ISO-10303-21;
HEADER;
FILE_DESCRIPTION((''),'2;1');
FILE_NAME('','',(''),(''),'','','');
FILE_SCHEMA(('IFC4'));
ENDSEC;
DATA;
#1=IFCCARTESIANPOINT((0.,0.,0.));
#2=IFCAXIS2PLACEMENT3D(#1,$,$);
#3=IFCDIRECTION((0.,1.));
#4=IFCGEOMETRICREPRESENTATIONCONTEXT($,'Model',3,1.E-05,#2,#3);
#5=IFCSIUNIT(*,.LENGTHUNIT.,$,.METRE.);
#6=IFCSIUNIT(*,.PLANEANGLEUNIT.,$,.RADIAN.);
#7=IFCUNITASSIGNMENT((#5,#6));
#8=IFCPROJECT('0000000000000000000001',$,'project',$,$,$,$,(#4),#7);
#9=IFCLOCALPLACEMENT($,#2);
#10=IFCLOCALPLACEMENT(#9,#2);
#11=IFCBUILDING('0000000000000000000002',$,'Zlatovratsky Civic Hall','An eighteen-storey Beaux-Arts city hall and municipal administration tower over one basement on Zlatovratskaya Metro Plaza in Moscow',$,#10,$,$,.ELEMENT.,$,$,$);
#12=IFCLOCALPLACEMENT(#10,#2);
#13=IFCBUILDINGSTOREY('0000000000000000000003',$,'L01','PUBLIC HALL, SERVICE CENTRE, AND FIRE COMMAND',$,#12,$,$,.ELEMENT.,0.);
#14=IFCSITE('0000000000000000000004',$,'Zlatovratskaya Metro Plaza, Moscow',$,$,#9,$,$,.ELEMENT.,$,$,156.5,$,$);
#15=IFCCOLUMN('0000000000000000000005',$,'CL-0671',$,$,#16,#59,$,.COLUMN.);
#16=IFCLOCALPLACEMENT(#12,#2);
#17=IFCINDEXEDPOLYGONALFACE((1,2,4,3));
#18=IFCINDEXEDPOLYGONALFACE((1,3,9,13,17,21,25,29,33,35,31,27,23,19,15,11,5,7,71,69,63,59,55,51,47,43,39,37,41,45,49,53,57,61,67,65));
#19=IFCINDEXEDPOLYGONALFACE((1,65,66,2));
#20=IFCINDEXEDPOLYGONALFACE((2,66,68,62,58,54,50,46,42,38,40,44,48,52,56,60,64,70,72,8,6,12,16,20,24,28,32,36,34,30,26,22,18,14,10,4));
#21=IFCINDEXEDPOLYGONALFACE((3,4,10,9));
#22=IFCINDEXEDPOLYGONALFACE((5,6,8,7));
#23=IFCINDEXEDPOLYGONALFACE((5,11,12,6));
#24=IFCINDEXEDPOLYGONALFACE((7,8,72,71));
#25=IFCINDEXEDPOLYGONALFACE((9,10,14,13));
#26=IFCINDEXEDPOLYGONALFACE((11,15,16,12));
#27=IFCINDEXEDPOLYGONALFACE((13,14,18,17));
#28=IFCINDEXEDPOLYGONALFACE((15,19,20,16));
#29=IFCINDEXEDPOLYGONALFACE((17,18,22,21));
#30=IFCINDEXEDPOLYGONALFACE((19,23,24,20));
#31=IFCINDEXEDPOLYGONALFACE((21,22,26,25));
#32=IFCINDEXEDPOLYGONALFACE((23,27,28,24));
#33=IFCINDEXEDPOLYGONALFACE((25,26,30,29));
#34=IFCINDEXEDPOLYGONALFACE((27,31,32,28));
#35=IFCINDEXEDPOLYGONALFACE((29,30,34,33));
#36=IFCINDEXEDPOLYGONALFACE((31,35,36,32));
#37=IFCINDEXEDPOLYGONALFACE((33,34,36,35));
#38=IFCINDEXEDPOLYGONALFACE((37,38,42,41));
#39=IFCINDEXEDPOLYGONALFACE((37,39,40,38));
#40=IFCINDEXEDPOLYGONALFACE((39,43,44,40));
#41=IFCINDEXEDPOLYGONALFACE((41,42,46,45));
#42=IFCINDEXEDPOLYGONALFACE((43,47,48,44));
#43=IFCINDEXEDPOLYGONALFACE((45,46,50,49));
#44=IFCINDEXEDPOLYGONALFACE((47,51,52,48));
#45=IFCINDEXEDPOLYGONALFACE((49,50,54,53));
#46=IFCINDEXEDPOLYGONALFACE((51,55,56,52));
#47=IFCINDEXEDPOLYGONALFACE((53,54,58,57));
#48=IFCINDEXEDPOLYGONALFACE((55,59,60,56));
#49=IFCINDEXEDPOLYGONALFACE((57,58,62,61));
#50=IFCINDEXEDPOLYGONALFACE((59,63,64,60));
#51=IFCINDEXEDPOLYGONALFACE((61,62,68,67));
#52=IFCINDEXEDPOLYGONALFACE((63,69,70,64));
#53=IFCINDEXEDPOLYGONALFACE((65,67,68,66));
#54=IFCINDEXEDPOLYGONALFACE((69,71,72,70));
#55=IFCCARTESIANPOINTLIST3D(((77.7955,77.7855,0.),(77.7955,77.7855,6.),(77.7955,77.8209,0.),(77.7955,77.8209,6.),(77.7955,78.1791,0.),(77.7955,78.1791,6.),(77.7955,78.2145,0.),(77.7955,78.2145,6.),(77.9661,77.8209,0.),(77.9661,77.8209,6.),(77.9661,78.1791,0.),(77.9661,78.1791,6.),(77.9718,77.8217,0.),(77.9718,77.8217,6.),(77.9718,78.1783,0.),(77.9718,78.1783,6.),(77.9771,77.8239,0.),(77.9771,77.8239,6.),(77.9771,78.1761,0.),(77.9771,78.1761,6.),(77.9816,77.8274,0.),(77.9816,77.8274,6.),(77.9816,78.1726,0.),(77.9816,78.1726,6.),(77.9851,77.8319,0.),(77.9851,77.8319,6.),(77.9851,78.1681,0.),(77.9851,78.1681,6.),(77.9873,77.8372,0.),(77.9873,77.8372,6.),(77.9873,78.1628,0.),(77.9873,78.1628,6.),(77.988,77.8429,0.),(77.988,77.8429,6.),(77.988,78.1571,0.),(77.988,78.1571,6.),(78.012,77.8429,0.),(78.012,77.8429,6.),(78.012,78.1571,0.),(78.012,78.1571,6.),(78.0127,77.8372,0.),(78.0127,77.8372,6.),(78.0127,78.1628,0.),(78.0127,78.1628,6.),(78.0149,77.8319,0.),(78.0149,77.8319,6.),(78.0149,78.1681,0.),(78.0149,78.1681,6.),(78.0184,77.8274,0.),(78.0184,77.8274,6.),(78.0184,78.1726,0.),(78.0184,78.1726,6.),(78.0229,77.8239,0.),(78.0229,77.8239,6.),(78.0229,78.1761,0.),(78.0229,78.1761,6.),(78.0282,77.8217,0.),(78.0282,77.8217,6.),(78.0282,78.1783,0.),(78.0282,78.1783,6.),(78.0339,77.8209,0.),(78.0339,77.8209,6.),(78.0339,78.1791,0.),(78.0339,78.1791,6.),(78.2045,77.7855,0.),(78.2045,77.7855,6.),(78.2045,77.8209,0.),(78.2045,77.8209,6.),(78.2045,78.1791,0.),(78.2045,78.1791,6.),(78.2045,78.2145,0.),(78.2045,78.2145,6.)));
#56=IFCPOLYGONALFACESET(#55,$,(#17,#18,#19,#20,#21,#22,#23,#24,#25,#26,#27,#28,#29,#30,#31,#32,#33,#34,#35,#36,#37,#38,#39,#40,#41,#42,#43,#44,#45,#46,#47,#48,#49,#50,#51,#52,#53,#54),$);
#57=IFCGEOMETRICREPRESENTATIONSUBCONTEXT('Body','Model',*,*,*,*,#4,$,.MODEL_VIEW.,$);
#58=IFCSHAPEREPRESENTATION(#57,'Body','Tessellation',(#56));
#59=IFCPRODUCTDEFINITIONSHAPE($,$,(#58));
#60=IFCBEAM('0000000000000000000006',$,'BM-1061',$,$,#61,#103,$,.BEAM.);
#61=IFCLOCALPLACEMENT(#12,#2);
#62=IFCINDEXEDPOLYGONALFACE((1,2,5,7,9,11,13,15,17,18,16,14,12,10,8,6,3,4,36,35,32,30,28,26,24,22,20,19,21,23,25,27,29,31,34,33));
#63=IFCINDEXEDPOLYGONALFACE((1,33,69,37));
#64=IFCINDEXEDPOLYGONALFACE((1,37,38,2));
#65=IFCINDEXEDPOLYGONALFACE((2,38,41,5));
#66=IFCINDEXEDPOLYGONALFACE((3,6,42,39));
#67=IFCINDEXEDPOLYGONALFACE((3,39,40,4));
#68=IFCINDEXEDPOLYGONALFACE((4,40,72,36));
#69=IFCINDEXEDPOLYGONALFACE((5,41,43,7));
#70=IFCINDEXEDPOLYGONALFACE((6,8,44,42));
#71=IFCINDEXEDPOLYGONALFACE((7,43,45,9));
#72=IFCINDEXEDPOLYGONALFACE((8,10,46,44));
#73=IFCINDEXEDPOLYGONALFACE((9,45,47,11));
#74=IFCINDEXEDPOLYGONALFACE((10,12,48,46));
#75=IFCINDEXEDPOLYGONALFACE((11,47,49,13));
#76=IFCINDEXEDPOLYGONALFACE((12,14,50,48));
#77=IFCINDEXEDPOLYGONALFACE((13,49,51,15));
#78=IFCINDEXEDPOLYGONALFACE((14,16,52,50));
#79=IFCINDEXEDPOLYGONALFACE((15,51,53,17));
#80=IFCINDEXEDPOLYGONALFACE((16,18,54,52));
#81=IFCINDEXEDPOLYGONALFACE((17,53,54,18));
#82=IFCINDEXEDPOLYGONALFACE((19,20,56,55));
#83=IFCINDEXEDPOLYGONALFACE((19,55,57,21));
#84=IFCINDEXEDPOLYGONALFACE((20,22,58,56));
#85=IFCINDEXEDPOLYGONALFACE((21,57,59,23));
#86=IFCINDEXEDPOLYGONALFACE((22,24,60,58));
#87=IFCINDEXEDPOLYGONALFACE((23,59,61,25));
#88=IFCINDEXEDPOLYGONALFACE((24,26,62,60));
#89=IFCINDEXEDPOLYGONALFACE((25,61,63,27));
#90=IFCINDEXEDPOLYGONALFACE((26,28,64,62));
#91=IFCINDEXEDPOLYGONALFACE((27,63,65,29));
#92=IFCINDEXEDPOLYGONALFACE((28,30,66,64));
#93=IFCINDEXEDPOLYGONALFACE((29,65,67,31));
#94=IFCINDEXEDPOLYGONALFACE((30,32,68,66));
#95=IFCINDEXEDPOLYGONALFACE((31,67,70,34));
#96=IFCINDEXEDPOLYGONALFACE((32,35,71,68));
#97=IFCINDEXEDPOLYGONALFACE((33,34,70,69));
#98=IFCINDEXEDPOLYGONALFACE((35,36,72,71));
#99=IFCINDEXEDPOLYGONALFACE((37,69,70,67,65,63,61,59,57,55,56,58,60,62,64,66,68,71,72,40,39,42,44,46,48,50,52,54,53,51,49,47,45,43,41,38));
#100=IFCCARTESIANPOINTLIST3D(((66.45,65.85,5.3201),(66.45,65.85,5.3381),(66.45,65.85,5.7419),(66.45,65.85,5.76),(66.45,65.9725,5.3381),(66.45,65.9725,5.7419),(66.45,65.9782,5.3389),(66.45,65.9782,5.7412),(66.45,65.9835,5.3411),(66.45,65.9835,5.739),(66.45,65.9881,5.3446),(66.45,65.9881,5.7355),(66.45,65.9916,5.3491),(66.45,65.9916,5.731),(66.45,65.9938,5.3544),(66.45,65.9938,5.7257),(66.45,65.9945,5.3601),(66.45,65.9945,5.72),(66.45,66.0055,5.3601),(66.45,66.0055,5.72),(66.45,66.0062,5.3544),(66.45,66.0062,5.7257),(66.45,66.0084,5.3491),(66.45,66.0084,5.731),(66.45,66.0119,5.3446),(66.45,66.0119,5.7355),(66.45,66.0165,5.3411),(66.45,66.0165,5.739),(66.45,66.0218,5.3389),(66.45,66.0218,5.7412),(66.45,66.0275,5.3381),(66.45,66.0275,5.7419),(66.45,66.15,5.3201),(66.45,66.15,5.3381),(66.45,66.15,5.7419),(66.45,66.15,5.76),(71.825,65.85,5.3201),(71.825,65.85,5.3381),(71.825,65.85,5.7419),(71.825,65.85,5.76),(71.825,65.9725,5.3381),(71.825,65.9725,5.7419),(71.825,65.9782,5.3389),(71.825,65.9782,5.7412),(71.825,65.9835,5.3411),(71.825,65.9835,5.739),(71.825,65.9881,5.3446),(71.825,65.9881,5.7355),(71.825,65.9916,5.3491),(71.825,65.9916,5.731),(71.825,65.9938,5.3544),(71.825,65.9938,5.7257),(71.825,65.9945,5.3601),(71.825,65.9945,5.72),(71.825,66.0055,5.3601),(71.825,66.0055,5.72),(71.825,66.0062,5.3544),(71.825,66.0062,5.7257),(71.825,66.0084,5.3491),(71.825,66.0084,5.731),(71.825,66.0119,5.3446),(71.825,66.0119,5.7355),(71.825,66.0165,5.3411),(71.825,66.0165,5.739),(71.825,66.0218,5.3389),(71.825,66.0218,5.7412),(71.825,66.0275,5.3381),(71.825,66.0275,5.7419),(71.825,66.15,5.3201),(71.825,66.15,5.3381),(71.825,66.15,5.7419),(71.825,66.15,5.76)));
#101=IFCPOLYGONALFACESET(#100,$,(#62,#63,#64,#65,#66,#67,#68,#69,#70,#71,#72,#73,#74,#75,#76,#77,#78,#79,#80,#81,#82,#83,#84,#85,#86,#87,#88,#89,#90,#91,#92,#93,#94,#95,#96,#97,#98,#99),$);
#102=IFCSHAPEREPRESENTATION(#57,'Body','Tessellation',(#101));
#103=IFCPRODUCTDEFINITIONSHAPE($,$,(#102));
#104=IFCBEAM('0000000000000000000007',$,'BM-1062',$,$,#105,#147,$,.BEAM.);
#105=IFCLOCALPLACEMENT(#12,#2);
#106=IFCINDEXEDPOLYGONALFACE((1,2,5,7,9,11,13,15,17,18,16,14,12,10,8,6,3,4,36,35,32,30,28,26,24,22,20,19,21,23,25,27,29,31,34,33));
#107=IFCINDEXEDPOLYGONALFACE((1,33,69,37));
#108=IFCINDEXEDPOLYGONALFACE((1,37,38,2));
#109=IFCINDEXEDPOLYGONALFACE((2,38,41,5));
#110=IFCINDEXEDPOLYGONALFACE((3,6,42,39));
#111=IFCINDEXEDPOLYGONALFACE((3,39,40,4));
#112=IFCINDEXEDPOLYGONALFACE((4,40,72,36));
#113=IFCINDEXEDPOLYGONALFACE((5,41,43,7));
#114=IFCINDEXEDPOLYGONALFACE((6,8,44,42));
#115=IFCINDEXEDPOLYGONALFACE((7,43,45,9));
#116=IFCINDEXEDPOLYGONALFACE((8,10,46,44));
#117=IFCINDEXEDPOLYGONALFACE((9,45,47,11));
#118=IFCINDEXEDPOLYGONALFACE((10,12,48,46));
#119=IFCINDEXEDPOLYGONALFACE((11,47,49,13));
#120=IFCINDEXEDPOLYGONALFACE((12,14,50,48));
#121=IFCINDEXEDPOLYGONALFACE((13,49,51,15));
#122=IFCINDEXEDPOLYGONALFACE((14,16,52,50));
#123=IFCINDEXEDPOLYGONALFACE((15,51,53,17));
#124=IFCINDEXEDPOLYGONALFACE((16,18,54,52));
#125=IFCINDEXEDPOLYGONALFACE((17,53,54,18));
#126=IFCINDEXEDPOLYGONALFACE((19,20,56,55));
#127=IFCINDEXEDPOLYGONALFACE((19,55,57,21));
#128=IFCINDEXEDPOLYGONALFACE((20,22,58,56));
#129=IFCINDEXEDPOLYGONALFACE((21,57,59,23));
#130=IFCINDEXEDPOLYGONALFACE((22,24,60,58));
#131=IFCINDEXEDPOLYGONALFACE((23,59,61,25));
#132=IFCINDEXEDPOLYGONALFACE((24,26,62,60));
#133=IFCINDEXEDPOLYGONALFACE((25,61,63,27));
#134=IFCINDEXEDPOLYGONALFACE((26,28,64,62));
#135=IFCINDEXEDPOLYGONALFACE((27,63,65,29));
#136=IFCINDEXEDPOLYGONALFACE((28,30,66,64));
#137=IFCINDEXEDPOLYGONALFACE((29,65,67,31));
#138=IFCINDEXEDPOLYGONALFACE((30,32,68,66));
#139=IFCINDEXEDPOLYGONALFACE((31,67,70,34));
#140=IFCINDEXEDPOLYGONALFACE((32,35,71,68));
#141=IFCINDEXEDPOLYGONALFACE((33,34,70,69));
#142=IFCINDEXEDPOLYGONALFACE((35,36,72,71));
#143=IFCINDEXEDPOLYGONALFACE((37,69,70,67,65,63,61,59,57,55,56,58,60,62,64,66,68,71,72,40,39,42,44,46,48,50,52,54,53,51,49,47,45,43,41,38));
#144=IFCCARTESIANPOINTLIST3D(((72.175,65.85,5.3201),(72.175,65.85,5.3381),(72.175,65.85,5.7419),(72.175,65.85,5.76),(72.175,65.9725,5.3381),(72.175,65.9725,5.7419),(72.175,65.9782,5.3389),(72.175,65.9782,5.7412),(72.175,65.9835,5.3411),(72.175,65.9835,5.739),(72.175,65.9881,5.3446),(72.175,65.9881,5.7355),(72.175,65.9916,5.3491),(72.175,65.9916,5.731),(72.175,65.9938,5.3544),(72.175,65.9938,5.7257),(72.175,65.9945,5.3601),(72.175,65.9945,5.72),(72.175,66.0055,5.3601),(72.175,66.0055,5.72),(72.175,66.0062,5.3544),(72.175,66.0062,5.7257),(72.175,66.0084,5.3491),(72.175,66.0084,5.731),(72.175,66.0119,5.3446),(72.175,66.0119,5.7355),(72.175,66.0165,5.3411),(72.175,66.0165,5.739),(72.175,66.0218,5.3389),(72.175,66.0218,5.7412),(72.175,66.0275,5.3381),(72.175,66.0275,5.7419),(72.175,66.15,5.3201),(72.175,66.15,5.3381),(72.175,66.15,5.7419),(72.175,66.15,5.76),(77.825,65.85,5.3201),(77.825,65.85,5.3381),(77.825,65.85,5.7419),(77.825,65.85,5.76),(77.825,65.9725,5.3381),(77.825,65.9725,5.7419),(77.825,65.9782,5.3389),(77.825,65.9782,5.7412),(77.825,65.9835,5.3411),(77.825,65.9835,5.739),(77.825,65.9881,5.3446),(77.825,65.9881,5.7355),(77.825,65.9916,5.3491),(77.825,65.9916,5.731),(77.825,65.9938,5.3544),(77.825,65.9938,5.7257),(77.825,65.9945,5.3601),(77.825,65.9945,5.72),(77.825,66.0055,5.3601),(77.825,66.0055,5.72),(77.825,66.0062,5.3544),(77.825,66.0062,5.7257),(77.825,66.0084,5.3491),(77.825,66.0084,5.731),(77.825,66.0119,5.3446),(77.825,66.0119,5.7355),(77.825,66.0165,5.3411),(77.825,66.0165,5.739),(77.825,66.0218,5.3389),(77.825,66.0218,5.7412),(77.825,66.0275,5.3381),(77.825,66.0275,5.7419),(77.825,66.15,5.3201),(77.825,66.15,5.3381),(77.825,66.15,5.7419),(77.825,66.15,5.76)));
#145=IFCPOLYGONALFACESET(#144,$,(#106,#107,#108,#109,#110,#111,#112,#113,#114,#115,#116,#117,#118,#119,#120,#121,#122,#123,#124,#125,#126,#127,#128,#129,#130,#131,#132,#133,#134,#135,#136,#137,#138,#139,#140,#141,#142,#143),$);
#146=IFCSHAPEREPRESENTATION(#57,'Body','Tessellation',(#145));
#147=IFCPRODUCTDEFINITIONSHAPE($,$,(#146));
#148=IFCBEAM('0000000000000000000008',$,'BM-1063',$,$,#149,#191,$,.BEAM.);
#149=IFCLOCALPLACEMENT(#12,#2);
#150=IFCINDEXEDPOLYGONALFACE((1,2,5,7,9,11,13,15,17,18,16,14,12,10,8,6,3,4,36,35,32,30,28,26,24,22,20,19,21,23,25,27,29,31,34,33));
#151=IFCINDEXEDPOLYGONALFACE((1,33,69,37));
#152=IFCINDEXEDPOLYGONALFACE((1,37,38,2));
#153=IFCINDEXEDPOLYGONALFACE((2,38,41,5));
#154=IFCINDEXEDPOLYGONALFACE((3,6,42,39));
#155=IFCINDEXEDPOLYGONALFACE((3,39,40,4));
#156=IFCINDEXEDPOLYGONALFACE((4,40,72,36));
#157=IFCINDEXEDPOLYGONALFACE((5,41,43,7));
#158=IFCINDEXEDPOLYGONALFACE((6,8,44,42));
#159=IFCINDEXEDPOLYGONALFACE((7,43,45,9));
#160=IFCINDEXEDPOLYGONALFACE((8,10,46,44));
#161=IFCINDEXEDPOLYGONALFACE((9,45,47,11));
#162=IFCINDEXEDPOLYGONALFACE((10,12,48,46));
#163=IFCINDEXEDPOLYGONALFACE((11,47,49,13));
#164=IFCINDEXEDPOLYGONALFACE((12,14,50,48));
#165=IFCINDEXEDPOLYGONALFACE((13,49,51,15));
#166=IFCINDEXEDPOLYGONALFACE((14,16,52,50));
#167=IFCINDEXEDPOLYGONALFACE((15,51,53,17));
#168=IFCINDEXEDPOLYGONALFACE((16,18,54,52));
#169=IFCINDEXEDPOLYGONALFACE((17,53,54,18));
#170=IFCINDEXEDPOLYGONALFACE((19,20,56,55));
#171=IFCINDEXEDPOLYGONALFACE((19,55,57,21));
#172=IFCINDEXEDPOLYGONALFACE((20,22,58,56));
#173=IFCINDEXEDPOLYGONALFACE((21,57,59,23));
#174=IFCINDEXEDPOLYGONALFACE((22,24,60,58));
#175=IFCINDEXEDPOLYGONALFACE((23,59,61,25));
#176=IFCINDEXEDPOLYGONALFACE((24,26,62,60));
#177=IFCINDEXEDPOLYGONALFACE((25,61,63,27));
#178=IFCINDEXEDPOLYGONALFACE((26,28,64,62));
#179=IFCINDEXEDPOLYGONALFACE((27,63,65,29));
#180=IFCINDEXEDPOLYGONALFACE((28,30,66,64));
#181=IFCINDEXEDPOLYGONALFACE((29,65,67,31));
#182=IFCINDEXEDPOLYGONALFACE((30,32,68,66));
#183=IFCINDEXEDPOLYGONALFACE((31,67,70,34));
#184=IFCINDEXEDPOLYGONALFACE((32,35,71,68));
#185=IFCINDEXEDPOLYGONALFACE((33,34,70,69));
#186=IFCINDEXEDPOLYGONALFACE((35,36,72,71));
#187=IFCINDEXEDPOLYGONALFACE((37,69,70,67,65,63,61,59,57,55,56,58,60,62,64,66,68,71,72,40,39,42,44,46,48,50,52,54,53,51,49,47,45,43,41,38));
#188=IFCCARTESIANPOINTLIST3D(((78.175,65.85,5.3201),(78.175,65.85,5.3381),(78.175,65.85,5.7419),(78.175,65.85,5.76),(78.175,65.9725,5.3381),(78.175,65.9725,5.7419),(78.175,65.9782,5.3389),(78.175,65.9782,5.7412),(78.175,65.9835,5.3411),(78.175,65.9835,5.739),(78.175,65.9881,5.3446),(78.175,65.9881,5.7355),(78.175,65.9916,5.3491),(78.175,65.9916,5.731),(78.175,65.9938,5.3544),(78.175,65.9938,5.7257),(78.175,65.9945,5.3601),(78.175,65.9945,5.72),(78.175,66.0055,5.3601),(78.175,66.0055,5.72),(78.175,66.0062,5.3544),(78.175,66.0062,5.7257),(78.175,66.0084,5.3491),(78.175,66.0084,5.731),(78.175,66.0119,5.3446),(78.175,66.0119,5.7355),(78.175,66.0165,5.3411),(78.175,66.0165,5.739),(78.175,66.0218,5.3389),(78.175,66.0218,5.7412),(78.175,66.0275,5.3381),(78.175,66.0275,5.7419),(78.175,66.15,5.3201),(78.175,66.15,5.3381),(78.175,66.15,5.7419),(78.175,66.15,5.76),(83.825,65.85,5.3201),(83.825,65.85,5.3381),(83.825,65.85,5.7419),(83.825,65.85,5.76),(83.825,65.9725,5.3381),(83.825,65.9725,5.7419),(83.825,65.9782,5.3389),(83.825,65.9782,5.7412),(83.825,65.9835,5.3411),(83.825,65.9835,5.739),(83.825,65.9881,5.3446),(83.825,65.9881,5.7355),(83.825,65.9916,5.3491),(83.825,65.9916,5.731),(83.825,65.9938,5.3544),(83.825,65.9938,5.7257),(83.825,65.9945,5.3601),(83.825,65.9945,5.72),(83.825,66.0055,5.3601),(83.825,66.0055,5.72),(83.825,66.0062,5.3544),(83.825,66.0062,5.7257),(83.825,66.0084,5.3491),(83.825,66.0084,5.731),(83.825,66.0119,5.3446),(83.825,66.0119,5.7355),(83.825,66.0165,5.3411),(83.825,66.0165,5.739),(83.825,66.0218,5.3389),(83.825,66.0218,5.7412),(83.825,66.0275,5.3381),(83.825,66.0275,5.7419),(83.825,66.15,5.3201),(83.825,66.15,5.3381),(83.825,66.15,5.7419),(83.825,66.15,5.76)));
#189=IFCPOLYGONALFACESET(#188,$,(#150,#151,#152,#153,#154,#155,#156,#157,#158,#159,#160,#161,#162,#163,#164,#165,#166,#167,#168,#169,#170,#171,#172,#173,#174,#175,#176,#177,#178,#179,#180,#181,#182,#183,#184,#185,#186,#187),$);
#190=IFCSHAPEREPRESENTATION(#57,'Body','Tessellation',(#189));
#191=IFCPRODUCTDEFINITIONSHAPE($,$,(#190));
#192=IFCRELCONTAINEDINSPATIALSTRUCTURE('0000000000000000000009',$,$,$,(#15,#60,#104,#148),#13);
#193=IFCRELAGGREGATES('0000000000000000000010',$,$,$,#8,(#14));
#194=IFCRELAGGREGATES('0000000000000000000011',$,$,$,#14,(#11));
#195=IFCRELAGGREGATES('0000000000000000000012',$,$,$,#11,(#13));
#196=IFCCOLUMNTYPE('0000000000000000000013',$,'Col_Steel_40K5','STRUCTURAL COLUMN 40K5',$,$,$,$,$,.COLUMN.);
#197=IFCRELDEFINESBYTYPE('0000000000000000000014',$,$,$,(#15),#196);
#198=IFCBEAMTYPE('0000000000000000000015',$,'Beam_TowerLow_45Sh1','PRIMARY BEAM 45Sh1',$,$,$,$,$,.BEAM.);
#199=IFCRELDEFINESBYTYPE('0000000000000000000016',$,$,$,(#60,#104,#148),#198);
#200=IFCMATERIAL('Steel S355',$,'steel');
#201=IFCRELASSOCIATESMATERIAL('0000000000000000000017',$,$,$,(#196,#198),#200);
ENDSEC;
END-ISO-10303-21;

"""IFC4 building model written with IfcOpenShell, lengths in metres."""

from ifc_helpers import new_model, si_unit, direction, frame, origin, origin_2d, place, context, subcontext, project, spatial, i_section, extrude, material, material_profile, profile_set, type_object, element, save


model = new_model("IFC4")

# Units and contexts
model_context = context("Model", 3, precision=1e-05, world=origin(), true_north=direction((0.0, 1.0)))
body_context = subcontext(model_context, "Body", "Model", "MODEL_VIEW")
ifc_project = project(units=[si_unit("LENGTHUNIT", "METRE"), si_unit("PLANEANGLEUNIT", "RADIAN")], contexts=[model_context])

# Site, building, storey
site_placement = place(None, origin())
site = spatial("IfcSite", under=ifc_project, at=site_placement, Name="Zlatovratskaya Metro Plaza, Moscow", CompositionType="ELEMENT", RefElevation=156.5)
building_placement = place(site_placement, origin())
building = spatial("IfcBuilding", under=site, at=building_placement, Name="Zlatovratsky Civic Hall", Description="An eighteen-storey Beaux-Arts city hall and municipal administration tower over one basement on Zlatovratskaya Metro Plaza in Moscow", CompositionType="ELEMENT")
storey_placement = place(building_placement, origin())
storey = spatial("IfcBuildingStorey", under=building, at=storey_placement, Name="L01", Description="PUBLIC HALL, SERVICE CENTRE, AND FIRE COMMAND", CompositionType="ELEMENT", Elevation=0.0)

# Column
ifc_material_1 = material(Name="Steel S355", Category="steel")
ifc_material_profile_1 = material_profile(ifc_material_1, i_section(OverallWidth=0.4089, OverallDepth=0.429, WebThickness=0.0239, FlangeThickness=0.0354, FilletRadius=0.022, at=origin_2d()), Name="40K5")
ifc_profile_set_1 = profile_set([ifc_material_profile_1], Name="Steel S355")
column_type_1 = type_object("IfcColumnType", Name="Col_Steel_40K5", Description="STRUCTURAL COLUMN 40K5", PredefinedType="COLUMN", material=ifc_profile_set_1)
for number, where, z_axis, x_axis, name in (
    (1, (78.0, 78.0, 0.0), (0.0, 0.0, 1.0), (1.0, 0.0, 0.0), "CL-0671"),
):
    element("IfcColumn", number, at=place(storey_placement, frame(where, z_axis=z_axis, x_axis=x_axis)), inside=storey, type_object=column_type_1, Name=name, PredefinedType="COLUMN", context=body_context, shape_type="SweptSolid", body=[
        extrude(i_section(OverallWidth=0.4089, OverallDepth=0.429, WebThickness=0.0239, FlangeThickness=0.0354, FilletRadius=0.022, at=origin_2d()), origin(), (0.0, 0.0, 1.0), 6.0),
    ])

# Beams
ifc_material_profile_2 = material_profile(ifc_material_1, i_section(OverallWidth=0.3, OverallDepth=0.4399, WebThickness=0.011, FlangeThickness=0.0181, FilletRadius=0.022, at=origin_2d()), Name="45Sh1")
ifc_profile_set_2 = profile_set([ifc_material_profile_2], Name="Steel S355")
beam_type = type_object("IfcBeamType", Name="Beam_TowerLow_45Sh1", Description="PRIMARY BEAM 45Sh1", PredefinedType="BEAM", material=ifc_profile_set_2)
beam_1_placement = place(storey_placement, frame((66.45, 66.0, 5.54), z_axis=(1.0, 0.0, 0.0), x_axis=(0.0, 1.0, 0.0)))
element("IfcBeam", 2, at=beam_1_placement, inside=storey, type_object=beam_type, Name="BM-1061", PredefinedType="BEAM", context=body_context, shape_type="SweptSolid", body=[
    extrude(i_section(OverallWidth=0.3, OverallDepth=0.4399, WebThickness=0.011, FlangeThickness=0.0181, FilletRadius=0.022, at=origin_2d()), origin(), (0.0, 0.0, 1.0), 5.375),
])
for number, where, z_axis, x_axis, name in (
    (3, (72.175, 66.0, 5.54), (1.0, 0.0, 0.0), (0.0, 1.0, 0.0), "BM-1062"),
    (4, (78.175, 66.0, 5.54), (1.0, 0.0, 0.0), (0.0, 1.0, 0.0), "BM-1063"),
):
    element("IfcBeam", number, at=place(storey_placement, frame(where, z_axis=z_axis, x_axis=x_axis)), inside=storey, type_object=beam_type, Name=name, PredefinedType="BEAM", context=body_context, shape_type="SweptSolid", body=[
        extrude(i_section(OverallWidth=0.3, OverallDepth=0.4399, WebThickness=0.011, FlangeThickness=0.0181, FilletRadius=0.022, at=origin_2d()), origin(), (0.0, 0.0, 1.0), 5.6499),
    ])

save(model, "model.ifc")
